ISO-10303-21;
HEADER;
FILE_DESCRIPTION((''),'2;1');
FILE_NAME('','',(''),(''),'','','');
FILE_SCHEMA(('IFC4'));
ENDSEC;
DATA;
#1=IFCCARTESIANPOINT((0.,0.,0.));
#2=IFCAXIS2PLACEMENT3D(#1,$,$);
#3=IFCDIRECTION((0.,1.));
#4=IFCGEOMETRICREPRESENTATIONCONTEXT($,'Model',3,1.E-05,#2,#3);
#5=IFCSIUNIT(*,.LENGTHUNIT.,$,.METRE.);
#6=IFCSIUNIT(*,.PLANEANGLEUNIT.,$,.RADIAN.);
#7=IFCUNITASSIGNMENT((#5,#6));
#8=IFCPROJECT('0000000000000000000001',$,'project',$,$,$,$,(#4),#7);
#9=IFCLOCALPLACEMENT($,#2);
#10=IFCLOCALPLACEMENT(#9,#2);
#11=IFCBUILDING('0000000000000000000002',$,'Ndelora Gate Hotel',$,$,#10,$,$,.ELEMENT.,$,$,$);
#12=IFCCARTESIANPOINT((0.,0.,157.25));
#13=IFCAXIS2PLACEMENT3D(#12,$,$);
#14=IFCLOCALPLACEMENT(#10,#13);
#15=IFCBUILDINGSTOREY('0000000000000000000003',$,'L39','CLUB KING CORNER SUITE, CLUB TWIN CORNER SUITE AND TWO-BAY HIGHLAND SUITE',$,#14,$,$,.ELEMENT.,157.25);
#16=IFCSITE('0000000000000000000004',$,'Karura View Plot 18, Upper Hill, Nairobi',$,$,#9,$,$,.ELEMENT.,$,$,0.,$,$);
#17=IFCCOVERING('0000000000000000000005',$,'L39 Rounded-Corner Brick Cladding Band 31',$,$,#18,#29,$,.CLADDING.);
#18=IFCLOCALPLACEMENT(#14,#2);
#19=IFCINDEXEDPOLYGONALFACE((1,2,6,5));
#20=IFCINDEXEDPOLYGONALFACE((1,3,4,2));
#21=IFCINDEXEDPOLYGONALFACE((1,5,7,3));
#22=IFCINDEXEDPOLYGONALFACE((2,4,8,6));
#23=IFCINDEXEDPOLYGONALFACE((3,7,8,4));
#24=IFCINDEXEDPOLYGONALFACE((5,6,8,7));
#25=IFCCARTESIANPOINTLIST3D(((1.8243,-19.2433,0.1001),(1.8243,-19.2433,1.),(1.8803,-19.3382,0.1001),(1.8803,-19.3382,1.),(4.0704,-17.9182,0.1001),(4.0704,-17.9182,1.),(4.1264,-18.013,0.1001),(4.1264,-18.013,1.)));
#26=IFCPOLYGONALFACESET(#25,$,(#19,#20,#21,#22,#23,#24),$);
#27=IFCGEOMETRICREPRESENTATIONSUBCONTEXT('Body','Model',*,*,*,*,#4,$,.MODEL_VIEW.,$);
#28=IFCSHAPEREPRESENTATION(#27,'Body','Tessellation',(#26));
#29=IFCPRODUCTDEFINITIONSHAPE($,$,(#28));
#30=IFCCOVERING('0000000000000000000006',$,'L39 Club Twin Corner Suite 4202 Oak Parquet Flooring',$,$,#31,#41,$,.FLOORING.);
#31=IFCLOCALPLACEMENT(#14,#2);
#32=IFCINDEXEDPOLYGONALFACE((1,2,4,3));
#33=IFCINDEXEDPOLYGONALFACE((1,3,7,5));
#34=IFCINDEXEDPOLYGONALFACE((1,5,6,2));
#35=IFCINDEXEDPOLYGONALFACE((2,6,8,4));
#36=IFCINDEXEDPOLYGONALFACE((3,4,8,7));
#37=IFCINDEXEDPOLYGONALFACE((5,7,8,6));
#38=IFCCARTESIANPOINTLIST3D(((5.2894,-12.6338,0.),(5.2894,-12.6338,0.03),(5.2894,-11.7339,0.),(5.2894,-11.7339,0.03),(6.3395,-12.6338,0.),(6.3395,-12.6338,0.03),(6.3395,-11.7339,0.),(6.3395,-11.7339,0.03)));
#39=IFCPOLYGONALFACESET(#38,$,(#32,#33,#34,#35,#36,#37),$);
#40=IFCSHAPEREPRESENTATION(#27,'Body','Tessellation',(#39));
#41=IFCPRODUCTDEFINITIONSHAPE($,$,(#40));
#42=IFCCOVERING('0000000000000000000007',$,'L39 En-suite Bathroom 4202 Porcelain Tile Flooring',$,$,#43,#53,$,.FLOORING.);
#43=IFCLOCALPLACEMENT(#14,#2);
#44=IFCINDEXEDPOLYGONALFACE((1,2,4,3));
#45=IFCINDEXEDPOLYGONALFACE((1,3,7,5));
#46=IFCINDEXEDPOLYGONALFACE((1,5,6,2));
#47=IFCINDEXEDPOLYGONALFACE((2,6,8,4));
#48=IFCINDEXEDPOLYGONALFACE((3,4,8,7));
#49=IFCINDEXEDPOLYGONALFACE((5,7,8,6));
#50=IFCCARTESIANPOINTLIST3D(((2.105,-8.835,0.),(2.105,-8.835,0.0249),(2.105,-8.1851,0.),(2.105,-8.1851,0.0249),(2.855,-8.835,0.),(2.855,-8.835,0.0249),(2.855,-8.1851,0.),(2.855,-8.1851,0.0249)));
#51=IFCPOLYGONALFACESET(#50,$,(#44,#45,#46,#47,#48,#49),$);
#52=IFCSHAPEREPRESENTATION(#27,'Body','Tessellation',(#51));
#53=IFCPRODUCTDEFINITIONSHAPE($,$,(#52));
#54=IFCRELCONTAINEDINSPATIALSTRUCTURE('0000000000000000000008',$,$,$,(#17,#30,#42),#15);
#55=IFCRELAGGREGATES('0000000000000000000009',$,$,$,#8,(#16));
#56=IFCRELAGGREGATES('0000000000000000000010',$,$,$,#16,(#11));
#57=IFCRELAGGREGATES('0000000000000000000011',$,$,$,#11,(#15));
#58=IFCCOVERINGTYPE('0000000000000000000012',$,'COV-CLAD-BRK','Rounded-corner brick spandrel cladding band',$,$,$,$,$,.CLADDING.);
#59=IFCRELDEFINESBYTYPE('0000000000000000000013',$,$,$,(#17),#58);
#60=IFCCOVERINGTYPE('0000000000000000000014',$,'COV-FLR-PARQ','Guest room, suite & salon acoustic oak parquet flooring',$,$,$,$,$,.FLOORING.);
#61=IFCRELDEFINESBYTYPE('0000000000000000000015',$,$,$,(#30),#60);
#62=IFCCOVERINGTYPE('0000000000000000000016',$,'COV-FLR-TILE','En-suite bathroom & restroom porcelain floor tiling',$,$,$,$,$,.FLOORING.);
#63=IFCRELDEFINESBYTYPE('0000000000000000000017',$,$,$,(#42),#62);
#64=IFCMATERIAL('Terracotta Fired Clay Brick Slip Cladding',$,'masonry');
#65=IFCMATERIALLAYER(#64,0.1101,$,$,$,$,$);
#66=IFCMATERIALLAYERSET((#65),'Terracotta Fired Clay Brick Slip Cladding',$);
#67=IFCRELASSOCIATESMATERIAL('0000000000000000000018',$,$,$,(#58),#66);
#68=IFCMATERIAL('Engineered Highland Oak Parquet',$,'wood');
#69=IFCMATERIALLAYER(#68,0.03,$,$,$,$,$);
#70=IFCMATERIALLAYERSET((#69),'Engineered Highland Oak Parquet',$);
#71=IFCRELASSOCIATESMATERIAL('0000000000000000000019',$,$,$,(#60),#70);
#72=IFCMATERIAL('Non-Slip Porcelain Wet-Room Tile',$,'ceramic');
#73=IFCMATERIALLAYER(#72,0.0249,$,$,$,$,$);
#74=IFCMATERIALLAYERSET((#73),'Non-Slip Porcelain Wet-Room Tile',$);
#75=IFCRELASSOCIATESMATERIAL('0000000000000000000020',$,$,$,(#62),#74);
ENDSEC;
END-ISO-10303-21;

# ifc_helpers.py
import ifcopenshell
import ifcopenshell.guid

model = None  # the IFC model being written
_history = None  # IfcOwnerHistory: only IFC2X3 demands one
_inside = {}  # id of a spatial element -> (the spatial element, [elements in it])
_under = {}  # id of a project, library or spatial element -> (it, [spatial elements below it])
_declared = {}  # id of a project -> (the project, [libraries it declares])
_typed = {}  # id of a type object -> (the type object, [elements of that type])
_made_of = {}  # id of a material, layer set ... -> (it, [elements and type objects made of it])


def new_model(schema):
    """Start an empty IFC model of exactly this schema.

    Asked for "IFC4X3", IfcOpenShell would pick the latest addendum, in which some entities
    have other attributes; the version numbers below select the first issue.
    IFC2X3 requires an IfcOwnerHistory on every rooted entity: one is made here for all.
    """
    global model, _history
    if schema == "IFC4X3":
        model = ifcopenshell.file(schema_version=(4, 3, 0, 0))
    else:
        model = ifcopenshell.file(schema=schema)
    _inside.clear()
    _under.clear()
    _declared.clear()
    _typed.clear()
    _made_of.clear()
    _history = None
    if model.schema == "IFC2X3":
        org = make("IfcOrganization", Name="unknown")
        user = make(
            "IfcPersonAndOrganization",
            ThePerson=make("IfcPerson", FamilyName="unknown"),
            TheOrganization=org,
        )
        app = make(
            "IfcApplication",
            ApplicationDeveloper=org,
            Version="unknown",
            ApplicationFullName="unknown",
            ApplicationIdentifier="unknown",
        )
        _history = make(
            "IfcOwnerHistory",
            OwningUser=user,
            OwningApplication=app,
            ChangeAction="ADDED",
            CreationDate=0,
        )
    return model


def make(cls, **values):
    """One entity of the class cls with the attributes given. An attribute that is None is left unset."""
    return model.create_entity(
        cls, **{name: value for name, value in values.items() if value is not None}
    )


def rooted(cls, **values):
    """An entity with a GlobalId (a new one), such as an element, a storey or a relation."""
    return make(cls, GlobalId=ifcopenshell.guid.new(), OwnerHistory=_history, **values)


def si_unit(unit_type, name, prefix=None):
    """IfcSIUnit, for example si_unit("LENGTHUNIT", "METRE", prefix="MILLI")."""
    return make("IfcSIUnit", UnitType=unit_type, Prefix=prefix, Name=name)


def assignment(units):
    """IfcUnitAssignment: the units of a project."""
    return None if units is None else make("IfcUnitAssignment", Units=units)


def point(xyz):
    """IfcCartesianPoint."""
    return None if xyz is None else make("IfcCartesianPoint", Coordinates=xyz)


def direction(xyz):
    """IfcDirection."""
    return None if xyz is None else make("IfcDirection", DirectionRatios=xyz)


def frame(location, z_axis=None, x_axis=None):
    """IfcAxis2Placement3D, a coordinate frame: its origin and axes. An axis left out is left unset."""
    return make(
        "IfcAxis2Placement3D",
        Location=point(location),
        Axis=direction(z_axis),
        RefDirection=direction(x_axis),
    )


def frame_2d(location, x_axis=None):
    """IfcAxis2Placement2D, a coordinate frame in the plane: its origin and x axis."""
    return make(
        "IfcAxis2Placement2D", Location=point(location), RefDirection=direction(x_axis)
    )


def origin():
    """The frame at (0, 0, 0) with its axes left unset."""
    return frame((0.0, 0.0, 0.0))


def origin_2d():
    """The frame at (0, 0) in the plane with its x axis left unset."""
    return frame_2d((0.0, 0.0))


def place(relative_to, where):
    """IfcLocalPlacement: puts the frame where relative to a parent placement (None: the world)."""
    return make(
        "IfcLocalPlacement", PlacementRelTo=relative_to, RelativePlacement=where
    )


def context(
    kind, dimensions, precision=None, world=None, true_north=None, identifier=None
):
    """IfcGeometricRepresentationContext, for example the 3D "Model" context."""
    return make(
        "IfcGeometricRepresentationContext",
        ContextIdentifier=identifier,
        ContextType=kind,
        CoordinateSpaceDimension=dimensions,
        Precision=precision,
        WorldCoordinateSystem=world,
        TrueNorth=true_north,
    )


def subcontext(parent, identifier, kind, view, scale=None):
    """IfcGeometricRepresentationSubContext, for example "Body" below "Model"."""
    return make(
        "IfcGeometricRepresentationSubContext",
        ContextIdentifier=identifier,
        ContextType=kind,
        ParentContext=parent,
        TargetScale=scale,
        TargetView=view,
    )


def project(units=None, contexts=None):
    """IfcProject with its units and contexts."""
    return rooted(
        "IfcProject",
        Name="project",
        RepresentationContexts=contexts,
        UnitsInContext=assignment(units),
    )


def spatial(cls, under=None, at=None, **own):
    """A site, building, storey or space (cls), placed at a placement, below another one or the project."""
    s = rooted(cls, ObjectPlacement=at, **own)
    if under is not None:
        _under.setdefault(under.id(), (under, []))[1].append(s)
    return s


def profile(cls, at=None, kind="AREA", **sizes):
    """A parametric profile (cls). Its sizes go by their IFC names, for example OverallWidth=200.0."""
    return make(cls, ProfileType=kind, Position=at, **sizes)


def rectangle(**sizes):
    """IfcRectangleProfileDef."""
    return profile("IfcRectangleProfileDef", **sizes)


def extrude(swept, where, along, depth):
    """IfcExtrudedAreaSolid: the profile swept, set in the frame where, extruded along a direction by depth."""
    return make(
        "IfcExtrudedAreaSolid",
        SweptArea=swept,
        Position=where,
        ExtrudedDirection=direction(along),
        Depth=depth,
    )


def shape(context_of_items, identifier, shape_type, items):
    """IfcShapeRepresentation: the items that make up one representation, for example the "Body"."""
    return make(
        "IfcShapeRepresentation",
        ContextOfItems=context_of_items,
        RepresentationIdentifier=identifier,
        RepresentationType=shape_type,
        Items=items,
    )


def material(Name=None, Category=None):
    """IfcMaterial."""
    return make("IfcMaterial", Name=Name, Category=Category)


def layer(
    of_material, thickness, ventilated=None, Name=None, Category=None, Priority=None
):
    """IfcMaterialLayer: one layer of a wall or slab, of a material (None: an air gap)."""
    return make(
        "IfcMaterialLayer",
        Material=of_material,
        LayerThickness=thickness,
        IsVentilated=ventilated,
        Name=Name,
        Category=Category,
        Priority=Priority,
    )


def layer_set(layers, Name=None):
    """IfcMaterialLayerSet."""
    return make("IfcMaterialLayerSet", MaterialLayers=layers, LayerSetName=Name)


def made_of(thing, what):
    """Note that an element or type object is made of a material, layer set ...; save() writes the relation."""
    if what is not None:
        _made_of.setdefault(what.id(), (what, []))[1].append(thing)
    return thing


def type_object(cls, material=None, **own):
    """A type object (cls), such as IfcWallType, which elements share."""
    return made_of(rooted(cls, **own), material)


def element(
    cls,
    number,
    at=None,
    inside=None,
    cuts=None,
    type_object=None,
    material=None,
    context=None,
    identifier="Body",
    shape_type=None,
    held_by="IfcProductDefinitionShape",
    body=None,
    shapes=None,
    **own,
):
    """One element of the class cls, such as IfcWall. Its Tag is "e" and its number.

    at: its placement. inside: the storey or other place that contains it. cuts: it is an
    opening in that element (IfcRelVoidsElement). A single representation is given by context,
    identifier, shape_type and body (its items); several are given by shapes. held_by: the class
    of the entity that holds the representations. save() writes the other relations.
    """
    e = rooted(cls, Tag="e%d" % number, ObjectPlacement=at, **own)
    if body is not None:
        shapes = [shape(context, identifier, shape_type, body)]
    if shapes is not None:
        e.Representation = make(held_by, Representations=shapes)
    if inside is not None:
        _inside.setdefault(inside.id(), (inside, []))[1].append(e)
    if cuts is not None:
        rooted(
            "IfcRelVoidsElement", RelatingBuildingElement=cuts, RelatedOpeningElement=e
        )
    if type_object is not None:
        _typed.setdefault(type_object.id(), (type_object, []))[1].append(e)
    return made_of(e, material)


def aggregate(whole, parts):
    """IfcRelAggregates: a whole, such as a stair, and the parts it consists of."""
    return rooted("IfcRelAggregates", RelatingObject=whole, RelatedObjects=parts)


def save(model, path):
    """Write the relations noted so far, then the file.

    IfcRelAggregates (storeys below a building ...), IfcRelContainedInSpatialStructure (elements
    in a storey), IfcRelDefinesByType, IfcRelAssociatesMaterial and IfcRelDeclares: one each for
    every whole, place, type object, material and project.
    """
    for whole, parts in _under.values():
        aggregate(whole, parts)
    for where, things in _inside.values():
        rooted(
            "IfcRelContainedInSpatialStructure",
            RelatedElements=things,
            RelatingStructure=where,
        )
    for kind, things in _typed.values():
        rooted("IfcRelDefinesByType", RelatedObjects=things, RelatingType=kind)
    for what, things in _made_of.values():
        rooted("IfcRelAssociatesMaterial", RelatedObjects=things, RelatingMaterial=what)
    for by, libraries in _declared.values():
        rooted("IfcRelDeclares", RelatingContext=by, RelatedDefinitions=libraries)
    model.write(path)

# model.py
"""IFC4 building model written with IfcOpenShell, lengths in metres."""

from ifc_helpers import new_model, si_unit, direction, frame, origin, origin_2d, place, context, subcontext, project, spatial, rectangle, extrude, material, layer, layer_set, type_object, element, save


model = new_model("IFC4")

# Units and contexts
model_context = context("Model", 3, precision=1e-05, world=origin(), true_north=direction((0.0, 1.0)))
body_context = subcontext(model_context, "Body", "Model", "MODEL_VIEW")
ifc_project = project(units=[si_unit("LENGTHUNIT", "METRE"), si_unit("PLANEANGLEUNIT", "RADIAN")], contexts=[model_context])

# Site, building, storey
site_placement = place(None, origin())
site = spatial("IfcSite", under=ifc_project, at=site_placement, Name="Karura View Plot 18, Upper Hill, Nairobi", CompositionType="ELEMENT", RefElevation=0.0)
building_placement = place(site_placement, origin())
building = spatial("IfcBuilding", under=site, at=building_placement, Name="Ndelora Gate Hotel", CompositionType="ELEMENT")
storey_placement = place(building_placement, frame((0.0, 0.0, 157.25)))
storey = spatial("IfcBuildingStorey", under=building, at=storey_placement, Name="L39", Description="CLUB KING CORNER SUITE, CLUB TWIN CORNER SUITE AND TWO-BAY HIGHLAND SUITE", CompositionType="ELEMENT", Elevation=157.25)

# Coverings
ifc_material_1 = material(Name="Terracotta Fired Clay Brick Slip Cladding", Category="masonry")
ifc_layer_1 = layer(ifc_material_1, 0.1101)
ifc_layer_set_1 = layer_set([ifc_layer_1], Name="Terracotta Fired Clay Brick Slip Cladding")
covering_type_1 = type_object("IfcCoveringType", Name="COV-CLAD-BRK", Description="Rounded-corner brick spandrel cladding band", PredefinedType="CLADDING", material=ifc_layer_set_1)
covering_1_placement = place(storey_placement, frame((2.9753, -18.6282, 0.1001), z_axis=(0.0, 0.0, 1.0), x_axis=(0.861275, 0.50814, 0.0)))
element("IfcCovering", 1, at=covering_1_placement, inside=storey, type_object=covering_type_1, Name="L39 Rounded-Corner Brick Cladding Band 31", PredefinedType="CLADDING", context=body_context, shape_type="SweptSolid", body=[
    extrude(rectangle(XDim=2.6079, YDim=0.1101, at=origin_2d()), origin(), (0.0, 0.0, 1.0), 0.8999),
])
ifc_material_2 = material(Name="Engineered Highland Oak Parquet", Category="wood")
ifc_layer_2 = layer(ifc_material_2, 0.03)
ifc_layer_set_2 = layer_set([ifc_layer_2], Name="Engineered Highland Oak Parquet")
covering_type_2 = type_object("IfcCoveringType", Name="COV-FLR-PARQ", Description="Guest room, suite & salon acoustic oak parquet flooring", PredefinedType="FLOORING", material=ifc_layer_set_2)
covering_2_placement = place(storey_placement, frame((5.8145, -12.1838, 0.0), z_axis=(0.0, 0.0, 1.0), x_axis=(1.0, 0.0, 0.0)))
element("IfcCovering", 2, at=covering_2_placement, inside=storey, type_object=covering_type_2, Name="L39 Club Twin Corner Suite 4202 Oak Parquet Flooring", PredefinedType="FLOORING", context=body_context, shape_type="SweptSolid", body=[
    extrude(rectangle(XDim=1.05, YDim=0.8999, at=origin_2d()), origin(), (0.0, 0.0, 1.0), 0.03),
])
ifc_material_3 = material(Name="Non-Slip Porcelain Wet-Room Tile", Category="ceramic")
ifc_layer_3 = layer(ifc_material_3, 0.0249)
ifc_layer_set_3 = layer_set([ifc_layer_3], Name="Non-Slip Porcelain Wet-Room Tile")
covering_type_3 = type_object("IfcCoveringType", Name="COV-FLR-TILE", Description="En-suite bathroom & restroom porcelain floor tiling", PredefinedType="FLOORING", material=ifc_layer_set_3)
covering_3_placement = place(storey_placement, frame((2.48, -8.51, 0.0), z_axis=(0.0, 0.0, 1.0), x_axis=(1.0, 0.0, 0.0)))
element("IfcCovering", 3, at=covering_3_placement, inside=storey, type_object=covering_type_3, Name="L39 En-suite Bathroom 4202 Porcelain Tile Flooring", PredefinedType="FLOORING", context=body_context, shape_type="SweptSolid", body=[
    extrude(rectangle(XDim=0.75, YDim=0.6499, at=origin_2d()), origin(), (0.0, 0.0, 1.0), 0.0249),
])

save(model, "model.ifc")
